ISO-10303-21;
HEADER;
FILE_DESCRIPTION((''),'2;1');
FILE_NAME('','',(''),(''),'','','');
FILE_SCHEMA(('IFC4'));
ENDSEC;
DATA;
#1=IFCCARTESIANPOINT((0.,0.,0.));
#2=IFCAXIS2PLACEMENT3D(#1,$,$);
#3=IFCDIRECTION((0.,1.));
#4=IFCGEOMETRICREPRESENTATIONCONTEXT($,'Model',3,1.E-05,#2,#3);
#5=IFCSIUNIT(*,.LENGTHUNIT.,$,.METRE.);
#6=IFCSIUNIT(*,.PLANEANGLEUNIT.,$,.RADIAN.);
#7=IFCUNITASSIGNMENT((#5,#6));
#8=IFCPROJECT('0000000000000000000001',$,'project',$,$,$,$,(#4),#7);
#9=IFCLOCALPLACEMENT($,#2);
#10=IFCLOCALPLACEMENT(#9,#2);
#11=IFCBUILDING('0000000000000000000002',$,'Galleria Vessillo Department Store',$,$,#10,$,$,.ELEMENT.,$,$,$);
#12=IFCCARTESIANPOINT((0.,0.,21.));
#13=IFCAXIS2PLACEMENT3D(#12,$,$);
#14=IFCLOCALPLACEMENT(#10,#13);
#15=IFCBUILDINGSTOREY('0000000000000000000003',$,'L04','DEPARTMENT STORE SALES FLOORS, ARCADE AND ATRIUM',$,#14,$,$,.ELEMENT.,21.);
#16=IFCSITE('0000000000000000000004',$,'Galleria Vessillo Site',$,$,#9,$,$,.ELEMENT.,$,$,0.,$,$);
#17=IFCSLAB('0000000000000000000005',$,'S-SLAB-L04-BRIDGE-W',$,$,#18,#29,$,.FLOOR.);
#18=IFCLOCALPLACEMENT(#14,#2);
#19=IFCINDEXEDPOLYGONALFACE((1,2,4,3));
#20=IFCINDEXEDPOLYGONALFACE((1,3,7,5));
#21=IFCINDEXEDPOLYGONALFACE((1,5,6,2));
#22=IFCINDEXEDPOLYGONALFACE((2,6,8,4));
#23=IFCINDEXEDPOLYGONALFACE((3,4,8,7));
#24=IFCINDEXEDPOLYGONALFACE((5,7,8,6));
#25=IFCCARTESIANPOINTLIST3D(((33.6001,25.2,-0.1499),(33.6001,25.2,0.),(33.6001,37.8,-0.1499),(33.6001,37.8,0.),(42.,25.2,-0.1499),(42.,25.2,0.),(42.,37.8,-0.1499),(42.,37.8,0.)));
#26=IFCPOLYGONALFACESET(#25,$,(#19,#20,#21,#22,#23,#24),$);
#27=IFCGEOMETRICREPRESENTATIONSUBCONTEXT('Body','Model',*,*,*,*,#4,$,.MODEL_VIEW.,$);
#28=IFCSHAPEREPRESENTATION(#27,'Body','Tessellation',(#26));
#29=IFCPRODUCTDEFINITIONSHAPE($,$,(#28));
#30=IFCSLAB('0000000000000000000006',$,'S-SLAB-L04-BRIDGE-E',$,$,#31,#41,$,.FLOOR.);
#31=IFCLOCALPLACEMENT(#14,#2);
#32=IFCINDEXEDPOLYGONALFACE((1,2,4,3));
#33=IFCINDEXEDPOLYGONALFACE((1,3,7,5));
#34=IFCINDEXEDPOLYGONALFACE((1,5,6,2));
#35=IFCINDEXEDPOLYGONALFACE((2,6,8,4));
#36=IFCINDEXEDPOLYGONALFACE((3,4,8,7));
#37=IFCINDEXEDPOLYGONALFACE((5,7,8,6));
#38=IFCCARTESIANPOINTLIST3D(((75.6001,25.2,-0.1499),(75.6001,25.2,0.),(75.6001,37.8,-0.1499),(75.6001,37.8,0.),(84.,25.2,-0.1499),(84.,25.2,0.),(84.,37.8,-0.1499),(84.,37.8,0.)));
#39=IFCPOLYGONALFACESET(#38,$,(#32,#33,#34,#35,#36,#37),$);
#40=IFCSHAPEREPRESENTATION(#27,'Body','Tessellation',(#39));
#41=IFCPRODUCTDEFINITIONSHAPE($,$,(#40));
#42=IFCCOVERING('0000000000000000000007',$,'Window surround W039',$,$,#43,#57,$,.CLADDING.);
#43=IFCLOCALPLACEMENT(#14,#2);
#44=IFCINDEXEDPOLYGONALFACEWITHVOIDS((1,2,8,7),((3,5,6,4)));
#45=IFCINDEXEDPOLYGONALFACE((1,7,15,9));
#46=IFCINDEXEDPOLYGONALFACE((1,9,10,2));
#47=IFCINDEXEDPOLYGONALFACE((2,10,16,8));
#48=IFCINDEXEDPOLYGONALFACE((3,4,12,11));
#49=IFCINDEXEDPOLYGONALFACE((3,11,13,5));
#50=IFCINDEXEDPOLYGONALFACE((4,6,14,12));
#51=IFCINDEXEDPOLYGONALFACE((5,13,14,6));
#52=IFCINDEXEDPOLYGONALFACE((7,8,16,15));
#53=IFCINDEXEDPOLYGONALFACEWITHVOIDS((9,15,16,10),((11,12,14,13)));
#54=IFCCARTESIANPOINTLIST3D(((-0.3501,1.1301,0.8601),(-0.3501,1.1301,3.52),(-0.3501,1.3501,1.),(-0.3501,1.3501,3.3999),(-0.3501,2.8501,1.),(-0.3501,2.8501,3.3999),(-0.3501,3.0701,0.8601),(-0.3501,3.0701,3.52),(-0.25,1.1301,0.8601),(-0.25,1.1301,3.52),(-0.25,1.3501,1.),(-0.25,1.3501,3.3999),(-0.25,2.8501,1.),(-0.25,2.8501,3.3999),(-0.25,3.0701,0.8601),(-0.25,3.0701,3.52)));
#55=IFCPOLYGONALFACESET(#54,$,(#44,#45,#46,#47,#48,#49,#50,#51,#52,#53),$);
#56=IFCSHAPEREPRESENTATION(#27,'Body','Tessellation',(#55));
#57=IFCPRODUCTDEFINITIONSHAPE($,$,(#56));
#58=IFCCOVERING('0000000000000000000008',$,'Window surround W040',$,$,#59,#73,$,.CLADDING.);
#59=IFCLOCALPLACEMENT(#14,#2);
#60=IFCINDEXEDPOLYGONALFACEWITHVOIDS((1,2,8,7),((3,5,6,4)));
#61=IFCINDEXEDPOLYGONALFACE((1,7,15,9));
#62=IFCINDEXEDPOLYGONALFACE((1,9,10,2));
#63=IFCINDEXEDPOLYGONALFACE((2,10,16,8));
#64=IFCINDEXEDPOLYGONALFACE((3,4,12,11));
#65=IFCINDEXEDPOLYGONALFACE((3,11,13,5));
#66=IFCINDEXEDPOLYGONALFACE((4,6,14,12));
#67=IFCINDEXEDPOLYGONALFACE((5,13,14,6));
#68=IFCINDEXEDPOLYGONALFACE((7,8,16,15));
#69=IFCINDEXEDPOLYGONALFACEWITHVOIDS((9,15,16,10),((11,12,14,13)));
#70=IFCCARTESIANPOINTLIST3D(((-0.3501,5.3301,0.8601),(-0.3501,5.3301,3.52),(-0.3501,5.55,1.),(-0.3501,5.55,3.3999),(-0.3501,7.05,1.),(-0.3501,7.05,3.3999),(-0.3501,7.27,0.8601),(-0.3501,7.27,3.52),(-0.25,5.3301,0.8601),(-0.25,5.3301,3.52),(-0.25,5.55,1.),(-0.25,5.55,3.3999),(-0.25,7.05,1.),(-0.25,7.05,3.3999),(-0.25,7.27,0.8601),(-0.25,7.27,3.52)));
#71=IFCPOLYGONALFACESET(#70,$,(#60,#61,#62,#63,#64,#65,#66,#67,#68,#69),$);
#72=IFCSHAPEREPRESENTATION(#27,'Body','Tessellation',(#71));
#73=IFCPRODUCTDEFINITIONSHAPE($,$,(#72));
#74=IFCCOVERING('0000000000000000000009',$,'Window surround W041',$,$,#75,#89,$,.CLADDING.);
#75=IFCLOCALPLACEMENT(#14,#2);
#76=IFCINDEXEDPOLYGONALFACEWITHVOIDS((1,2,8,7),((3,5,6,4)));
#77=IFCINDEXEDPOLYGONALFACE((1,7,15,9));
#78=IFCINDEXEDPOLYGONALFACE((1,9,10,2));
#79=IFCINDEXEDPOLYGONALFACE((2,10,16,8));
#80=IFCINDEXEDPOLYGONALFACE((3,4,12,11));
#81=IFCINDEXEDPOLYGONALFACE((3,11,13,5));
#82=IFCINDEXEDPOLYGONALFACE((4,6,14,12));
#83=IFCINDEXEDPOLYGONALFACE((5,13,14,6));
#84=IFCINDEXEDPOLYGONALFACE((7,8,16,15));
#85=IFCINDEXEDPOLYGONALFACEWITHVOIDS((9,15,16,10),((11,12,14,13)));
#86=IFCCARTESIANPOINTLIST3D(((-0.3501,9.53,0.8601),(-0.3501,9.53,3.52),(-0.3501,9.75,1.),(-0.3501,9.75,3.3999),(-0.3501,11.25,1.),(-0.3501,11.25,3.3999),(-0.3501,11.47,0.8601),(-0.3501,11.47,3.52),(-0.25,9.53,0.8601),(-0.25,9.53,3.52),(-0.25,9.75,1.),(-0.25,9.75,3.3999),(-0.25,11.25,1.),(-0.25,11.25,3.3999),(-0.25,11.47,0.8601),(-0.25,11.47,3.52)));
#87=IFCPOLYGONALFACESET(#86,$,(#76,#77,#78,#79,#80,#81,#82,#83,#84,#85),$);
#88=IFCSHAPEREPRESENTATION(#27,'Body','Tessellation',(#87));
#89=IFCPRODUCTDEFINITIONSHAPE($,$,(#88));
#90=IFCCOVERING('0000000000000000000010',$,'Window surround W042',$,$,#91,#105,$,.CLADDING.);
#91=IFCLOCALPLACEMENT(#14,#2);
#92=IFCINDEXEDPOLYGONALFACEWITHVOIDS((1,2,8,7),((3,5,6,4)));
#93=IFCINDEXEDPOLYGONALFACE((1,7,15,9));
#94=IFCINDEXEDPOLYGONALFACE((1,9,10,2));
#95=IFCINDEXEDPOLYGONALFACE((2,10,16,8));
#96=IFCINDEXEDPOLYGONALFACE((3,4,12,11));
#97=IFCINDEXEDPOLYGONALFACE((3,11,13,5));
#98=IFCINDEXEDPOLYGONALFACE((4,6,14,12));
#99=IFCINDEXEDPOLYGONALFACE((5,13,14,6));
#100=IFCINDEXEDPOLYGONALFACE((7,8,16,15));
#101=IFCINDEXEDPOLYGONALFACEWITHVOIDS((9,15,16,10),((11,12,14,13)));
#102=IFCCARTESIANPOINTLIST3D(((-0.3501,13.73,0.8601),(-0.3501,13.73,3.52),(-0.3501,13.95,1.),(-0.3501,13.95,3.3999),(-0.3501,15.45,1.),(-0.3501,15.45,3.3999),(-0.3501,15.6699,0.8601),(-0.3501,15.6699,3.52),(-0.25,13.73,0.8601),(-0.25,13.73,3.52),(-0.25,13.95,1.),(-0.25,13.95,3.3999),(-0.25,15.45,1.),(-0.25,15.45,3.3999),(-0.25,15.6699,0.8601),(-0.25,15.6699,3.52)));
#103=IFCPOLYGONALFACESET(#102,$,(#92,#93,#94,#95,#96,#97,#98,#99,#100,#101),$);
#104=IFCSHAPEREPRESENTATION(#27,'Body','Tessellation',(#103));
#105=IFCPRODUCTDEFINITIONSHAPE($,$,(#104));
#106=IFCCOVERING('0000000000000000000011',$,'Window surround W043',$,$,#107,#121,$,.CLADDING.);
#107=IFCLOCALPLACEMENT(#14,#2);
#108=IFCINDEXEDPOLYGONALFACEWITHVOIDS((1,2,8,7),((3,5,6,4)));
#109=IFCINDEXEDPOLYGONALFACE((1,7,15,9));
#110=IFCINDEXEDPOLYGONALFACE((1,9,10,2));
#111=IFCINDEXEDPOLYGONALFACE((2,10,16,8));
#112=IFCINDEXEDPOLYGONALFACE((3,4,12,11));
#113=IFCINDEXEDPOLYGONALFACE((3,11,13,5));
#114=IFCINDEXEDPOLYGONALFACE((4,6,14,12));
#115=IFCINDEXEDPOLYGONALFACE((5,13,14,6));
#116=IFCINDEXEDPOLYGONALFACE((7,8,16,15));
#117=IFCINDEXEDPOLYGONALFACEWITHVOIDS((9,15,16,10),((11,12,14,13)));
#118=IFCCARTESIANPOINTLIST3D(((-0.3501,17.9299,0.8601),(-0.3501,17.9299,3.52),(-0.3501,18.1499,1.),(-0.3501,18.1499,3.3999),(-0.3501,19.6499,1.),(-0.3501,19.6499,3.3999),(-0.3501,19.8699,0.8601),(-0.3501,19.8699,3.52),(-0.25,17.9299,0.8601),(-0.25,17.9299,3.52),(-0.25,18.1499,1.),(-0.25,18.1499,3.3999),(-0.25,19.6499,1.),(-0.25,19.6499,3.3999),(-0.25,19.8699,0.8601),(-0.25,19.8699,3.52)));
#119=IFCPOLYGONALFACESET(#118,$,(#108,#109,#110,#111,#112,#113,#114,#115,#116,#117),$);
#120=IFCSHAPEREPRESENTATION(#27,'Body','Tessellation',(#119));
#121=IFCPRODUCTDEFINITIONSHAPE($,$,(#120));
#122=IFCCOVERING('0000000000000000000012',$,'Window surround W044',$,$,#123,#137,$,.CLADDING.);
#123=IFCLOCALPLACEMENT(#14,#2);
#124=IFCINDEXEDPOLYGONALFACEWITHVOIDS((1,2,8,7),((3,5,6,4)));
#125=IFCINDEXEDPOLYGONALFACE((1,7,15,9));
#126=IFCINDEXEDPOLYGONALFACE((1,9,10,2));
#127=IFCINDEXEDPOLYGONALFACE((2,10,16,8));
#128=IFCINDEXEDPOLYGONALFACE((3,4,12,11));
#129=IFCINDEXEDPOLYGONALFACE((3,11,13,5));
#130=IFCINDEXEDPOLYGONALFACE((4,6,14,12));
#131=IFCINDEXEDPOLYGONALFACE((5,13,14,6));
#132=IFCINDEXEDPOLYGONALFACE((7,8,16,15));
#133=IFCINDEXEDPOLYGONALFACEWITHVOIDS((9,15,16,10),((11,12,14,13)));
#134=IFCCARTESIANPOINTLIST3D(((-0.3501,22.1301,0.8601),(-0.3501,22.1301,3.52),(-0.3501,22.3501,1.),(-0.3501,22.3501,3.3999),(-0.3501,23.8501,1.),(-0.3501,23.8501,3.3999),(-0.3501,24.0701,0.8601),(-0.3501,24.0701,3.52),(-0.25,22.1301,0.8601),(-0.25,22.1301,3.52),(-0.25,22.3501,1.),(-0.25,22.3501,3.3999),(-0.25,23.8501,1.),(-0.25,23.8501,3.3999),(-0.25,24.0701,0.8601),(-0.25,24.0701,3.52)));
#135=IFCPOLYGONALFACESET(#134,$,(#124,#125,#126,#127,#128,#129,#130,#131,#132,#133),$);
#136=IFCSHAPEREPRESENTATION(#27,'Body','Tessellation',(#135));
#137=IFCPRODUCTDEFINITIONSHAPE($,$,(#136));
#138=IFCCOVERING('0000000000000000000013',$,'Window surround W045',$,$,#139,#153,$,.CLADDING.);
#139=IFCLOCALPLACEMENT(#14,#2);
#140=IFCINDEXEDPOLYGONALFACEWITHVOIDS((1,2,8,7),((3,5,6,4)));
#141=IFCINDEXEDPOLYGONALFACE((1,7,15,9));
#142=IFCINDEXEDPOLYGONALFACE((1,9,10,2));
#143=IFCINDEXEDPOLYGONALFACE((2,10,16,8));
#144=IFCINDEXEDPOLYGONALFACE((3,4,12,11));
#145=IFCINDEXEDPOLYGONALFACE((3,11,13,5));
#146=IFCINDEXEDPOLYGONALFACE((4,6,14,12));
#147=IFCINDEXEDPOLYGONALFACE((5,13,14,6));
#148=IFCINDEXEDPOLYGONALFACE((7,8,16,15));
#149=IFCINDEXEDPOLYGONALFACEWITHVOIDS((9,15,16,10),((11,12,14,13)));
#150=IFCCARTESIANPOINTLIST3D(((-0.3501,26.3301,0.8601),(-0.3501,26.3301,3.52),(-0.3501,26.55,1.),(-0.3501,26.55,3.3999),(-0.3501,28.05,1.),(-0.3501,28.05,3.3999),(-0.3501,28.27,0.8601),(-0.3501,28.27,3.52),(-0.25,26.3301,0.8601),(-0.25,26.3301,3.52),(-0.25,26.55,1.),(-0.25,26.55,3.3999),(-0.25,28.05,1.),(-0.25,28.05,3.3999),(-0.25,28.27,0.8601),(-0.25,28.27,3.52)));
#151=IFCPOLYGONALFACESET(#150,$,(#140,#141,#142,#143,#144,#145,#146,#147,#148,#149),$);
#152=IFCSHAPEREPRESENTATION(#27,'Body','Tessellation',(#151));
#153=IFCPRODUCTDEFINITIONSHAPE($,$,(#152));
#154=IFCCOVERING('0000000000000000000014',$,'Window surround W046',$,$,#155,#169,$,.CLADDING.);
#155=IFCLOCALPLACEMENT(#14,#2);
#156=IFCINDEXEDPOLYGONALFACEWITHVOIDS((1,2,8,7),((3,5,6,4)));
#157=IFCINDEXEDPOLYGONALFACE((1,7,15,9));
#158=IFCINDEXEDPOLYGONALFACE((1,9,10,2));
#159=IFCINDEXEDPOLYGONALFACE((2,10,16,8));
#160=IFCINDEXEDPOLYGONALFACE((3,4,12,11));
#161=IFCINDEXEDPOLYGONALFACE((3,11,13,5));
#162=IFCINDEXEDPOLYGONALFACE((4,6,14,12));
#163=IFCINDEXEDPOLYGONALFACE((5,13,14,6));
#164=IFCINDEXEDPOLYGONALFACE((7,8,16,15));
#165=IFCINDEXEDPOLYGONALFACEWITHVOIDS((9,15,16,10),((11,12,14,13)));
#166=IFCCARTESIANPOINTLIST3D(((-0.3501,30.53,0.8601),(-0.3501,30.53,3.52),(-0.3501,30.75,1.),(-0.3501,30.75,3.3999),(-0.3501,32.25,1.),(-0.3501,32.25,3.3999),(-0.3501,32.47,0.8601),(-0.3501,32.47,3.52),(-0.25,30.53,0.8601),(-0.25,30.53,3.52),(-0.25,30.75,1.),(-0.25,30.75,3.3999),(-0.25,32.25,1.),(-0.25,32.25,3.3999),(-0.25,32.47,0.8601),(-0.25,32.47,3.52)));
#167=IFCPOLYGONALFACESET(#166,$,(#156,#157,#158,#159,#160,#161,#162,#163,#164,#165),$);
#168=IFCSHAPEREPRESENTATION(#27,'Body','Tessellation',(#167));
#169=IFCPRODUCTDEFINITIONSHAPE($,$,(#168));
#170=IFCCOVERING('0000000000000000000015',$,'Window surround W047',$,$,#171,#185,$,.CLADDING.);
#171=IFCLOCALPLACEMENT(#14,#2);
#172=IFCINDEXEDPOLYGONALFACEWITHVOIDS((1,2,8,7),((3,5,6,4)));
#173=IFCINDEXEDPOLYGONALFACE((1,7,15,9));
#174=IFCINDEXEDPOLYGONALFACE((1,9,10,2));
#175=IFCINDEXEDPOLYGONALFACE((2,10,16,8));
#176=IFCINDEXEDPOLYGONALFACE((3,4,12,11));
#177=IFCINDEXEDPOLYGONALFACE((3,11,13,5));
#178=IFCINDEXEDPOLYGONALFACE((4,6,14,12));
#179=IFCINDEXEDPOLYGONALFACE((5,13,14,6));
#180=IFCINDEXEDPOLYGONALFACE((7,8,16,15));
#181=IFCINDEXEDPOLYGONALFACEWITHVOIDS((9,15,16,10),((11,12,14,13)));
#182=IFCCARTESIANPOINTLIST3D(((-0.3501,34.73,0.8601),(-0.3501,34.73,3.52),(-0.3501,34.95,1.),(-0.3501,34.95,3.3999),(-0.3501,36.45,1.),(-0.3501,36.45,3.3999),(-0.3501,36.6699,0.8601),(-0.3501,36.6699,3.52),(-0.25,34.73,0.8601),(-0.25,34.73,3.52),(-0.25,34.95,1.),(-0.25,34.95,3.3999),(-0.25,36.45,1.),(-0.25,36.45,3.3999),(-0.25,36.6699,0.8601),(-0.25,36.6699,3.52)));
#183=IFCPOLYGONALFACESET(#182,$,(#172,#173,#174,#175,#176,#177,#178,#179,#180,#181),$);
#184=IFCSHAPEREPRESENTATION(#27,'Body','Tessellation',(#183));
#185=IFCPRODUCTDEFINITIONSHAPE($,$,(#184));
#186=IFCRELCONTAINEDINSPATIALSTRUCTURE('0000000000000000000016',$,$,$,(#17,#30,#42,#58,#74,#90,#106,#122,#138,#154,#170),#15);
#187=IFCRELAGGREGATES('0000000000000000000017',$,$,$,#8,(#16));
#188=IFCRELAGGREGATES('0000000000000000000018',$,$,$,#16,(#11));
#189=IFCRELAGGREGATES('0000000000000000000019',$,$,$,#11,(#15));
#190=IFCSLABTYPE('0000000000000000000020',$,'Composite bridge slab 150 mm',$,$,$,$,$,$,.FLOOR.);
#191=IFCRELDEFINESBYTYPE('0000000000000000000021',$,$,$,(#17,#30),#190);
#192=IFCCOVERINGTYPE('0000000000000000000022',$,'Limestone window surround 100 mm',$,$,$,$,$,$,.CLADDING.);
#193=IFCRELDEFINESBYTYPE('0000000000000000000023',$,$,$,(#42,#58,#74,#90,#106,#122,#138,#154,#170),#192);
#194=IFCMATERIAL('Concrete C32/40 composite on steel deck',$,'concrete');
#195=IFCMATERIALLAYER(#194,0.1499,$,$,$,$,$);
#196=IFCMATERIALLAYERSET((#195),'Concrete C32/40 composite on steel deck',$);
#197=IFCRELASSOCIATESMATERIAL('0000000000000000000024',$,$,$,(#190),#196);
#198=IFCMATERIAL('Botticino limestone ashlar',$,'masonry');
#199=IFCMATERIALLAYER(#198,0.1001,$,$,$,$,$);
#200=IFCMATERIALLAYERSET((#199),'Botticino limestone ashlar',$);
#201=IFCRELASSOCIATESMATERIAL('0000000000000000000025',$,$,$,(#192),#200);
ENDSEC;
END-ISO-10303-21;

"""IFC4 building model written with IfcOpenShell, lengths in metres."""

from ifc_helpers import new_model, si_unit, direction, frame, origin, place, context, subcontext, project, spatial, polyline, outline, extrude, material, layer, layer_set, type_object, element, save


model = new_model("IFC4")

# Units and contexts
model_context = context("Model", 3, precision=1e-05, world=origin(), true_north=direction((0.0, 1.0)))
body_context = subcontext(model_context, "Body", "Model", "MODEL_VIEW")
ifc_project = project(units=[si_unit("LENGTHUNIT", "METRE"), si_unit("PLANEANGLEUNIT", "RADIAN")], contexts=[model_context])

# Site, building, storey
site_placement = place(None, origin())
site = spatial("IfcSite", under=ifc_project, at=site_placement, Name="Galleria Vessillo Site", CompositionType="ELEMENT", RefElevation=0.0)
building_placement = place(site_placement, origin())
building = spatial("IfcBuilding", under=site, at=building_placement, Name="Galleria Vessillo Department Store", CompositionType="ELEMENT")
storey_placement = place(building_placement, frame((0.0, 0.0, 21.0)))
storey = spatial("IfcBuildingStorey", under=building, at=storey_placement, Name="L04", Description="DEPARTMENT STORE SALES FLOORS, ARCADE AND ATRIUM", CompositionType="ELEMENT", Elevation=21.0)

# Slabs
ifc_material_1 = material(Name="Concrete C32/40 composite on steel deck", Category="concrete")
ifc_layer_1 = layer(ifc_material_1, 0.1499)
ifc_layer_set_1 = layer_set([ifc_layer_1], Name="Concrete C32/40 composite on steel deck")
slab_type_1 = type_object("IfcSlabType", Name="Composite bridge slab 150 mm", PredefinedType="FLOOR", material=ifc_layer_set_1)
slab_1_placement = place(storey_placement, frame((0.0, 0.0, -0.1499)))
element("IfcSlab", 1, at=slab_1_placement, inside=storey, type_object=slab_type_1, Name="S-SLAB-L04-BRIDGE-W", PredefinedType="FLOOR", context=body_context, shape_type="SweptSolid", body=[
    extrude(outline(polyline([(42.0, 25.2), (42.0, 37.8), (33.6001, 37.8), (33.6001, 25.2), (42.0, 25.2)])), origin(), (0.0, 0.0, 1.0), 0.1499),
])
slab_2_placement = place(storey_placement, frame((0.0, 0.0, -0.1499)))
element("IfcSlab", 2, at=slab_2_placement, inside=storey, type_object=slab_type_1, Name="S-SLAB-L04-BRIDGE-E", PredefinedType="FLOOR", context=body_context, shape_type="SweptSolid", body=[
    extrude(outline(polyline([(84.0, 25.2), (84.0, 37.8), (75.6001, 37.8), (75.6001, 25.2), (84.0, 25.2)])), origin(), (0.0, 0.0, 1.0), 0.1499),
])

# Coverings
ifc_material_2 = material(Name="Botticino limestone ashlar", Category="masonry")
ifc_layer_2 = layer(ifc_material_2, 0.1001)
ifc_layer_set_2 = layer_set([ifc_layer_2], Name="Botticino limestone ashlar")
covering_type_1 = type_object("IfcCoveringType", Name="Limestone window surround 100 mm", PredefinedType="CLADDING", material=ifc_layer_set_2)
covering_1_placement = place(storey_placement, frame((-0.25, 0.0, 1.0), z_axis=(-1.0, 0.0, 0.0), x_axis=(0.0, -1.0, 0.0)))
element("IfcCovering", 3, at=covering_1_placement, inside=storey, type_object=covering_type_1, Name="Window surround W039", PredefinedType="CLADDING", context=body_context, shape_type="SweptSolid", body=[
    extrude(outline(polyline([(-1.1301, 2.52), (-3.0701, 2.52), (-3.0701, -0.1399), (-1.1301, -0.1399), (-1.1301, 2.52)]), holes=[polyline([(-1.3501, 2.3999), (-2.8501, 2.3999), (-2.8501, 0.0), (-1.3501, 0.0), (-1.3501, 2.3999)])]), origin(), (0.0, 0.0, 1.0), 0.1001),
])
covering_2_placement = place(storey_placement, frame((-0.25, 0.0, 1.0), z_axis=(-1.0, 0.0, 0.0), x_axis=(0.0, -1.0, 0.0)))
element("IfcCovering", 4, at=covering_2_placement, inside=storey, type_object=covering_type_1, Name="Window surround W040", PredefinedType="CLADDING", context=body_context, shape_type="SweptSolid", body=[
    extrude(outline(polyline([(-5.3301, 2.52), (-7.27, 2.52), (-7.27, -0.1399), (-5.3301, -0.1399), (-5.3301, 2.52)]), holes=[polyline([(-5.55, 2.3999), (-7.05, 2.3999), (-7.05, 0.0), (-5.55, 0.0), (-5.55, 2.3999)])]), origin(), (0.0, 0.0, 1.0), 0.1001),
])
covering_3_placement = place(storey_placement, frame((-0.25, 0.0, 1.0), z_axis=(-1.0, 0.0, 0.0), x_axis=(0.0, -1.0, 0.0)))
element("IfcCovering", 5, at=covering_3_placement, inside=storey, type_object=covering_type_1, Name="Window surround W041", PredefinedType="CLADDING", context=body_context, shape_type="SweptSolid", body=[
    extrude(outline(polyline([(-9.53, 2.52), (-11.47, 2.52), (-11.47, -0.1399), (-9.53, -0.1399), (-9.53, 2.52)]), holes=[polyline([(-9.75, 2.3999), (-11.25, 2.3999), (-11.25, 0.0), (-9.75, 0.0), (-9.75, 2.3999)])]), origin(), (0.0, 0.0, 1.0), 0.1001),
])
covering_4_placement = place(storey_placement, frame((-0.25, 0.0, 1.0), z_axis=(-1.0, 0.0, 0.0), x_axis=(0.0, -1.0, 0.0)))
element("IfcCovering", 6, at=covering_4_placement, inside=storey, type_object=covering_type_1, Name="Window surround W042", PredefinedType="CLADDING", context=body_context, shape_type="SweptSolid", body=[
    extrude(outline(polyline([(-13.73, 2.52), (-15.6699, 2.52), (-15.6699, -0.1399), (-13.73, -0.1399), (-13.73, 2.52)]), holes=[polyline([(-13.95, 2.3999), (-15.45, 2.3999), (-15.45, 0.0), (-13.95, 0.0), (-13.95, 2.3999)])]), origin(), (0.0, 0.0, 1.0), 0.1001),
])
covering_5_placement = place(storey_placement, frame((-0.25, 0.0, 1.0), z_axis=(-1.0, 0.0, 0.0), x_axis=(0.0, -1.0, 0.0)))
element("IfcCovering", 7, at=covering_5_placement, inside=storey, type_object=covering_type_1, Name="Window surround W043", PredefinedType="CLADDING", context=body_context, shape_type="SweptSolid", body=[
    extrude(outline(polyline([(-17.9299, 2.52), (-19.8699, 2.52), (-19.8699, -0.1399), (-17.9299, -0.1399), (-17.9299, 2.52)]), holes=[polyline([(-18.1499, 2.3999), (-19.6499, 2.3999), (-19.6499, 0.0), (-18.1499, 0.0), (-18.1499, 2.3999)])]), origin(), (0.0, 0.0, 1.0), 0.1001),
])
covering_6_placement = place(storey_placement, frame((-0.25, 0.0, 1.0), z_axis=(-1.0, 0.0, 0.0), x_axis=(0.0, -1.0, 0.0)))
element("IfcCovering", 8, at=covering_6_placement, inside=storey, type_object=covering_type_1, Name="Window surround W044", PredefinedType="CLADDING", context=body_context, shape_type="SweptSolid", body=[
    extrude(outline(polyline([(-22.1301, 2.52), (-24.0701, 2.52), (-24.0701, -0.1399), (-22.1301, -0.1399), (-22.1301, 2.52)]), holes=[polyline([(-22.3501, 2.3999), (-23.8501, 2.3999), (-23.8501, 0.0), (-22.3501, 0.0), (-22.3501, 2.3999)])]), origin(), (0.0, 0.0, 1.0), 0.1001),
])
covering_7_placement = place(storey_placement, frame((-0.25, 0.0, 1.0), z_axis=(-1.0, 0.0, 0.0), x_axis=(0.0, -1.0, 0.0)))
element("IfcCovering", 9, at=covering_7_placement, inside=storey, type_object=covering_type_1, Name="Window surround W045", PredefinedType="CLADDING", context=body_context, shape_type="SweptSolid", body=[
    extrude(outline(polyline([(-26.3301, 2.52), (-28.27, 2.52), (-28.27, -0.1399), (-26.3301, -0.1399), (-26.3301, 2.52)]), holes=[polyline([(-26.55, 2.3999), (-28.05, 2.3999), (-28.05, 0.0), (-26.55, 0.0), (-26.55, 2.3999)])]), origin(), (0.0, 0.0, 1.0), 0.1001),
])
covering_8_placement = place(storey_placement, frame((-0.25, 0.0, 1.0), z_axis=(-1.0, 0.0, 0.0), x_axis=(0.0, -1.0, 0.0)))
element("IfcCovering", 10, at=covering_8_placement, inside=storey, type_object=covering_type_1, Name="Window surround W046", PredefinedType="CLADDING", context=body_context, shape_type="SweptSolid", body=[
    extrude(outline(polyline([(-30.53, 2.52), (-32.47, 2.52), (-32.47, -0.1399), (-30.53, -0.1399), (-30.53, 2.52)]), holes=[polyline([(-30.75, 2.3999), (-32.25, 2.3999), (-32.25, 0.0), (-30.75, 0.0), (-30.75, 2.3999)])]), origin(), (0.0, 0.0, 1.0), 0.1001),
])
covering_9_placement = place(storey_placement, frame((-0.25, 0.0, 1.0), z_axis=(-1.0, 0.0, 0.0), x_axis=(0.0, -1.0, 0.0)))
element("IfcCovering", 11, at=covering_9_placement, inside=storey, type_object=covering_type_1, Name="Window surround W047", PredefinedType="CLADDING", context=body_context, shape_type="SweptSolid", body=[
    extrude(outline(polyline([(-34.73, 2.52), (-36.6699, 2.52), (-36.6699, -0.1399), (-34.73, -0.1399), (-34.73, 2.52)]), holes=[polyline([(-34.95, 2.3999), (-36.45, 2.3999), (-36.45, 0.0), (-34.95, 0.0), (-34.95, 2.3999)])]), origin(), (0.0, 0.0, 1.0), 0.1001),
])

save(model, "model.ifc")
